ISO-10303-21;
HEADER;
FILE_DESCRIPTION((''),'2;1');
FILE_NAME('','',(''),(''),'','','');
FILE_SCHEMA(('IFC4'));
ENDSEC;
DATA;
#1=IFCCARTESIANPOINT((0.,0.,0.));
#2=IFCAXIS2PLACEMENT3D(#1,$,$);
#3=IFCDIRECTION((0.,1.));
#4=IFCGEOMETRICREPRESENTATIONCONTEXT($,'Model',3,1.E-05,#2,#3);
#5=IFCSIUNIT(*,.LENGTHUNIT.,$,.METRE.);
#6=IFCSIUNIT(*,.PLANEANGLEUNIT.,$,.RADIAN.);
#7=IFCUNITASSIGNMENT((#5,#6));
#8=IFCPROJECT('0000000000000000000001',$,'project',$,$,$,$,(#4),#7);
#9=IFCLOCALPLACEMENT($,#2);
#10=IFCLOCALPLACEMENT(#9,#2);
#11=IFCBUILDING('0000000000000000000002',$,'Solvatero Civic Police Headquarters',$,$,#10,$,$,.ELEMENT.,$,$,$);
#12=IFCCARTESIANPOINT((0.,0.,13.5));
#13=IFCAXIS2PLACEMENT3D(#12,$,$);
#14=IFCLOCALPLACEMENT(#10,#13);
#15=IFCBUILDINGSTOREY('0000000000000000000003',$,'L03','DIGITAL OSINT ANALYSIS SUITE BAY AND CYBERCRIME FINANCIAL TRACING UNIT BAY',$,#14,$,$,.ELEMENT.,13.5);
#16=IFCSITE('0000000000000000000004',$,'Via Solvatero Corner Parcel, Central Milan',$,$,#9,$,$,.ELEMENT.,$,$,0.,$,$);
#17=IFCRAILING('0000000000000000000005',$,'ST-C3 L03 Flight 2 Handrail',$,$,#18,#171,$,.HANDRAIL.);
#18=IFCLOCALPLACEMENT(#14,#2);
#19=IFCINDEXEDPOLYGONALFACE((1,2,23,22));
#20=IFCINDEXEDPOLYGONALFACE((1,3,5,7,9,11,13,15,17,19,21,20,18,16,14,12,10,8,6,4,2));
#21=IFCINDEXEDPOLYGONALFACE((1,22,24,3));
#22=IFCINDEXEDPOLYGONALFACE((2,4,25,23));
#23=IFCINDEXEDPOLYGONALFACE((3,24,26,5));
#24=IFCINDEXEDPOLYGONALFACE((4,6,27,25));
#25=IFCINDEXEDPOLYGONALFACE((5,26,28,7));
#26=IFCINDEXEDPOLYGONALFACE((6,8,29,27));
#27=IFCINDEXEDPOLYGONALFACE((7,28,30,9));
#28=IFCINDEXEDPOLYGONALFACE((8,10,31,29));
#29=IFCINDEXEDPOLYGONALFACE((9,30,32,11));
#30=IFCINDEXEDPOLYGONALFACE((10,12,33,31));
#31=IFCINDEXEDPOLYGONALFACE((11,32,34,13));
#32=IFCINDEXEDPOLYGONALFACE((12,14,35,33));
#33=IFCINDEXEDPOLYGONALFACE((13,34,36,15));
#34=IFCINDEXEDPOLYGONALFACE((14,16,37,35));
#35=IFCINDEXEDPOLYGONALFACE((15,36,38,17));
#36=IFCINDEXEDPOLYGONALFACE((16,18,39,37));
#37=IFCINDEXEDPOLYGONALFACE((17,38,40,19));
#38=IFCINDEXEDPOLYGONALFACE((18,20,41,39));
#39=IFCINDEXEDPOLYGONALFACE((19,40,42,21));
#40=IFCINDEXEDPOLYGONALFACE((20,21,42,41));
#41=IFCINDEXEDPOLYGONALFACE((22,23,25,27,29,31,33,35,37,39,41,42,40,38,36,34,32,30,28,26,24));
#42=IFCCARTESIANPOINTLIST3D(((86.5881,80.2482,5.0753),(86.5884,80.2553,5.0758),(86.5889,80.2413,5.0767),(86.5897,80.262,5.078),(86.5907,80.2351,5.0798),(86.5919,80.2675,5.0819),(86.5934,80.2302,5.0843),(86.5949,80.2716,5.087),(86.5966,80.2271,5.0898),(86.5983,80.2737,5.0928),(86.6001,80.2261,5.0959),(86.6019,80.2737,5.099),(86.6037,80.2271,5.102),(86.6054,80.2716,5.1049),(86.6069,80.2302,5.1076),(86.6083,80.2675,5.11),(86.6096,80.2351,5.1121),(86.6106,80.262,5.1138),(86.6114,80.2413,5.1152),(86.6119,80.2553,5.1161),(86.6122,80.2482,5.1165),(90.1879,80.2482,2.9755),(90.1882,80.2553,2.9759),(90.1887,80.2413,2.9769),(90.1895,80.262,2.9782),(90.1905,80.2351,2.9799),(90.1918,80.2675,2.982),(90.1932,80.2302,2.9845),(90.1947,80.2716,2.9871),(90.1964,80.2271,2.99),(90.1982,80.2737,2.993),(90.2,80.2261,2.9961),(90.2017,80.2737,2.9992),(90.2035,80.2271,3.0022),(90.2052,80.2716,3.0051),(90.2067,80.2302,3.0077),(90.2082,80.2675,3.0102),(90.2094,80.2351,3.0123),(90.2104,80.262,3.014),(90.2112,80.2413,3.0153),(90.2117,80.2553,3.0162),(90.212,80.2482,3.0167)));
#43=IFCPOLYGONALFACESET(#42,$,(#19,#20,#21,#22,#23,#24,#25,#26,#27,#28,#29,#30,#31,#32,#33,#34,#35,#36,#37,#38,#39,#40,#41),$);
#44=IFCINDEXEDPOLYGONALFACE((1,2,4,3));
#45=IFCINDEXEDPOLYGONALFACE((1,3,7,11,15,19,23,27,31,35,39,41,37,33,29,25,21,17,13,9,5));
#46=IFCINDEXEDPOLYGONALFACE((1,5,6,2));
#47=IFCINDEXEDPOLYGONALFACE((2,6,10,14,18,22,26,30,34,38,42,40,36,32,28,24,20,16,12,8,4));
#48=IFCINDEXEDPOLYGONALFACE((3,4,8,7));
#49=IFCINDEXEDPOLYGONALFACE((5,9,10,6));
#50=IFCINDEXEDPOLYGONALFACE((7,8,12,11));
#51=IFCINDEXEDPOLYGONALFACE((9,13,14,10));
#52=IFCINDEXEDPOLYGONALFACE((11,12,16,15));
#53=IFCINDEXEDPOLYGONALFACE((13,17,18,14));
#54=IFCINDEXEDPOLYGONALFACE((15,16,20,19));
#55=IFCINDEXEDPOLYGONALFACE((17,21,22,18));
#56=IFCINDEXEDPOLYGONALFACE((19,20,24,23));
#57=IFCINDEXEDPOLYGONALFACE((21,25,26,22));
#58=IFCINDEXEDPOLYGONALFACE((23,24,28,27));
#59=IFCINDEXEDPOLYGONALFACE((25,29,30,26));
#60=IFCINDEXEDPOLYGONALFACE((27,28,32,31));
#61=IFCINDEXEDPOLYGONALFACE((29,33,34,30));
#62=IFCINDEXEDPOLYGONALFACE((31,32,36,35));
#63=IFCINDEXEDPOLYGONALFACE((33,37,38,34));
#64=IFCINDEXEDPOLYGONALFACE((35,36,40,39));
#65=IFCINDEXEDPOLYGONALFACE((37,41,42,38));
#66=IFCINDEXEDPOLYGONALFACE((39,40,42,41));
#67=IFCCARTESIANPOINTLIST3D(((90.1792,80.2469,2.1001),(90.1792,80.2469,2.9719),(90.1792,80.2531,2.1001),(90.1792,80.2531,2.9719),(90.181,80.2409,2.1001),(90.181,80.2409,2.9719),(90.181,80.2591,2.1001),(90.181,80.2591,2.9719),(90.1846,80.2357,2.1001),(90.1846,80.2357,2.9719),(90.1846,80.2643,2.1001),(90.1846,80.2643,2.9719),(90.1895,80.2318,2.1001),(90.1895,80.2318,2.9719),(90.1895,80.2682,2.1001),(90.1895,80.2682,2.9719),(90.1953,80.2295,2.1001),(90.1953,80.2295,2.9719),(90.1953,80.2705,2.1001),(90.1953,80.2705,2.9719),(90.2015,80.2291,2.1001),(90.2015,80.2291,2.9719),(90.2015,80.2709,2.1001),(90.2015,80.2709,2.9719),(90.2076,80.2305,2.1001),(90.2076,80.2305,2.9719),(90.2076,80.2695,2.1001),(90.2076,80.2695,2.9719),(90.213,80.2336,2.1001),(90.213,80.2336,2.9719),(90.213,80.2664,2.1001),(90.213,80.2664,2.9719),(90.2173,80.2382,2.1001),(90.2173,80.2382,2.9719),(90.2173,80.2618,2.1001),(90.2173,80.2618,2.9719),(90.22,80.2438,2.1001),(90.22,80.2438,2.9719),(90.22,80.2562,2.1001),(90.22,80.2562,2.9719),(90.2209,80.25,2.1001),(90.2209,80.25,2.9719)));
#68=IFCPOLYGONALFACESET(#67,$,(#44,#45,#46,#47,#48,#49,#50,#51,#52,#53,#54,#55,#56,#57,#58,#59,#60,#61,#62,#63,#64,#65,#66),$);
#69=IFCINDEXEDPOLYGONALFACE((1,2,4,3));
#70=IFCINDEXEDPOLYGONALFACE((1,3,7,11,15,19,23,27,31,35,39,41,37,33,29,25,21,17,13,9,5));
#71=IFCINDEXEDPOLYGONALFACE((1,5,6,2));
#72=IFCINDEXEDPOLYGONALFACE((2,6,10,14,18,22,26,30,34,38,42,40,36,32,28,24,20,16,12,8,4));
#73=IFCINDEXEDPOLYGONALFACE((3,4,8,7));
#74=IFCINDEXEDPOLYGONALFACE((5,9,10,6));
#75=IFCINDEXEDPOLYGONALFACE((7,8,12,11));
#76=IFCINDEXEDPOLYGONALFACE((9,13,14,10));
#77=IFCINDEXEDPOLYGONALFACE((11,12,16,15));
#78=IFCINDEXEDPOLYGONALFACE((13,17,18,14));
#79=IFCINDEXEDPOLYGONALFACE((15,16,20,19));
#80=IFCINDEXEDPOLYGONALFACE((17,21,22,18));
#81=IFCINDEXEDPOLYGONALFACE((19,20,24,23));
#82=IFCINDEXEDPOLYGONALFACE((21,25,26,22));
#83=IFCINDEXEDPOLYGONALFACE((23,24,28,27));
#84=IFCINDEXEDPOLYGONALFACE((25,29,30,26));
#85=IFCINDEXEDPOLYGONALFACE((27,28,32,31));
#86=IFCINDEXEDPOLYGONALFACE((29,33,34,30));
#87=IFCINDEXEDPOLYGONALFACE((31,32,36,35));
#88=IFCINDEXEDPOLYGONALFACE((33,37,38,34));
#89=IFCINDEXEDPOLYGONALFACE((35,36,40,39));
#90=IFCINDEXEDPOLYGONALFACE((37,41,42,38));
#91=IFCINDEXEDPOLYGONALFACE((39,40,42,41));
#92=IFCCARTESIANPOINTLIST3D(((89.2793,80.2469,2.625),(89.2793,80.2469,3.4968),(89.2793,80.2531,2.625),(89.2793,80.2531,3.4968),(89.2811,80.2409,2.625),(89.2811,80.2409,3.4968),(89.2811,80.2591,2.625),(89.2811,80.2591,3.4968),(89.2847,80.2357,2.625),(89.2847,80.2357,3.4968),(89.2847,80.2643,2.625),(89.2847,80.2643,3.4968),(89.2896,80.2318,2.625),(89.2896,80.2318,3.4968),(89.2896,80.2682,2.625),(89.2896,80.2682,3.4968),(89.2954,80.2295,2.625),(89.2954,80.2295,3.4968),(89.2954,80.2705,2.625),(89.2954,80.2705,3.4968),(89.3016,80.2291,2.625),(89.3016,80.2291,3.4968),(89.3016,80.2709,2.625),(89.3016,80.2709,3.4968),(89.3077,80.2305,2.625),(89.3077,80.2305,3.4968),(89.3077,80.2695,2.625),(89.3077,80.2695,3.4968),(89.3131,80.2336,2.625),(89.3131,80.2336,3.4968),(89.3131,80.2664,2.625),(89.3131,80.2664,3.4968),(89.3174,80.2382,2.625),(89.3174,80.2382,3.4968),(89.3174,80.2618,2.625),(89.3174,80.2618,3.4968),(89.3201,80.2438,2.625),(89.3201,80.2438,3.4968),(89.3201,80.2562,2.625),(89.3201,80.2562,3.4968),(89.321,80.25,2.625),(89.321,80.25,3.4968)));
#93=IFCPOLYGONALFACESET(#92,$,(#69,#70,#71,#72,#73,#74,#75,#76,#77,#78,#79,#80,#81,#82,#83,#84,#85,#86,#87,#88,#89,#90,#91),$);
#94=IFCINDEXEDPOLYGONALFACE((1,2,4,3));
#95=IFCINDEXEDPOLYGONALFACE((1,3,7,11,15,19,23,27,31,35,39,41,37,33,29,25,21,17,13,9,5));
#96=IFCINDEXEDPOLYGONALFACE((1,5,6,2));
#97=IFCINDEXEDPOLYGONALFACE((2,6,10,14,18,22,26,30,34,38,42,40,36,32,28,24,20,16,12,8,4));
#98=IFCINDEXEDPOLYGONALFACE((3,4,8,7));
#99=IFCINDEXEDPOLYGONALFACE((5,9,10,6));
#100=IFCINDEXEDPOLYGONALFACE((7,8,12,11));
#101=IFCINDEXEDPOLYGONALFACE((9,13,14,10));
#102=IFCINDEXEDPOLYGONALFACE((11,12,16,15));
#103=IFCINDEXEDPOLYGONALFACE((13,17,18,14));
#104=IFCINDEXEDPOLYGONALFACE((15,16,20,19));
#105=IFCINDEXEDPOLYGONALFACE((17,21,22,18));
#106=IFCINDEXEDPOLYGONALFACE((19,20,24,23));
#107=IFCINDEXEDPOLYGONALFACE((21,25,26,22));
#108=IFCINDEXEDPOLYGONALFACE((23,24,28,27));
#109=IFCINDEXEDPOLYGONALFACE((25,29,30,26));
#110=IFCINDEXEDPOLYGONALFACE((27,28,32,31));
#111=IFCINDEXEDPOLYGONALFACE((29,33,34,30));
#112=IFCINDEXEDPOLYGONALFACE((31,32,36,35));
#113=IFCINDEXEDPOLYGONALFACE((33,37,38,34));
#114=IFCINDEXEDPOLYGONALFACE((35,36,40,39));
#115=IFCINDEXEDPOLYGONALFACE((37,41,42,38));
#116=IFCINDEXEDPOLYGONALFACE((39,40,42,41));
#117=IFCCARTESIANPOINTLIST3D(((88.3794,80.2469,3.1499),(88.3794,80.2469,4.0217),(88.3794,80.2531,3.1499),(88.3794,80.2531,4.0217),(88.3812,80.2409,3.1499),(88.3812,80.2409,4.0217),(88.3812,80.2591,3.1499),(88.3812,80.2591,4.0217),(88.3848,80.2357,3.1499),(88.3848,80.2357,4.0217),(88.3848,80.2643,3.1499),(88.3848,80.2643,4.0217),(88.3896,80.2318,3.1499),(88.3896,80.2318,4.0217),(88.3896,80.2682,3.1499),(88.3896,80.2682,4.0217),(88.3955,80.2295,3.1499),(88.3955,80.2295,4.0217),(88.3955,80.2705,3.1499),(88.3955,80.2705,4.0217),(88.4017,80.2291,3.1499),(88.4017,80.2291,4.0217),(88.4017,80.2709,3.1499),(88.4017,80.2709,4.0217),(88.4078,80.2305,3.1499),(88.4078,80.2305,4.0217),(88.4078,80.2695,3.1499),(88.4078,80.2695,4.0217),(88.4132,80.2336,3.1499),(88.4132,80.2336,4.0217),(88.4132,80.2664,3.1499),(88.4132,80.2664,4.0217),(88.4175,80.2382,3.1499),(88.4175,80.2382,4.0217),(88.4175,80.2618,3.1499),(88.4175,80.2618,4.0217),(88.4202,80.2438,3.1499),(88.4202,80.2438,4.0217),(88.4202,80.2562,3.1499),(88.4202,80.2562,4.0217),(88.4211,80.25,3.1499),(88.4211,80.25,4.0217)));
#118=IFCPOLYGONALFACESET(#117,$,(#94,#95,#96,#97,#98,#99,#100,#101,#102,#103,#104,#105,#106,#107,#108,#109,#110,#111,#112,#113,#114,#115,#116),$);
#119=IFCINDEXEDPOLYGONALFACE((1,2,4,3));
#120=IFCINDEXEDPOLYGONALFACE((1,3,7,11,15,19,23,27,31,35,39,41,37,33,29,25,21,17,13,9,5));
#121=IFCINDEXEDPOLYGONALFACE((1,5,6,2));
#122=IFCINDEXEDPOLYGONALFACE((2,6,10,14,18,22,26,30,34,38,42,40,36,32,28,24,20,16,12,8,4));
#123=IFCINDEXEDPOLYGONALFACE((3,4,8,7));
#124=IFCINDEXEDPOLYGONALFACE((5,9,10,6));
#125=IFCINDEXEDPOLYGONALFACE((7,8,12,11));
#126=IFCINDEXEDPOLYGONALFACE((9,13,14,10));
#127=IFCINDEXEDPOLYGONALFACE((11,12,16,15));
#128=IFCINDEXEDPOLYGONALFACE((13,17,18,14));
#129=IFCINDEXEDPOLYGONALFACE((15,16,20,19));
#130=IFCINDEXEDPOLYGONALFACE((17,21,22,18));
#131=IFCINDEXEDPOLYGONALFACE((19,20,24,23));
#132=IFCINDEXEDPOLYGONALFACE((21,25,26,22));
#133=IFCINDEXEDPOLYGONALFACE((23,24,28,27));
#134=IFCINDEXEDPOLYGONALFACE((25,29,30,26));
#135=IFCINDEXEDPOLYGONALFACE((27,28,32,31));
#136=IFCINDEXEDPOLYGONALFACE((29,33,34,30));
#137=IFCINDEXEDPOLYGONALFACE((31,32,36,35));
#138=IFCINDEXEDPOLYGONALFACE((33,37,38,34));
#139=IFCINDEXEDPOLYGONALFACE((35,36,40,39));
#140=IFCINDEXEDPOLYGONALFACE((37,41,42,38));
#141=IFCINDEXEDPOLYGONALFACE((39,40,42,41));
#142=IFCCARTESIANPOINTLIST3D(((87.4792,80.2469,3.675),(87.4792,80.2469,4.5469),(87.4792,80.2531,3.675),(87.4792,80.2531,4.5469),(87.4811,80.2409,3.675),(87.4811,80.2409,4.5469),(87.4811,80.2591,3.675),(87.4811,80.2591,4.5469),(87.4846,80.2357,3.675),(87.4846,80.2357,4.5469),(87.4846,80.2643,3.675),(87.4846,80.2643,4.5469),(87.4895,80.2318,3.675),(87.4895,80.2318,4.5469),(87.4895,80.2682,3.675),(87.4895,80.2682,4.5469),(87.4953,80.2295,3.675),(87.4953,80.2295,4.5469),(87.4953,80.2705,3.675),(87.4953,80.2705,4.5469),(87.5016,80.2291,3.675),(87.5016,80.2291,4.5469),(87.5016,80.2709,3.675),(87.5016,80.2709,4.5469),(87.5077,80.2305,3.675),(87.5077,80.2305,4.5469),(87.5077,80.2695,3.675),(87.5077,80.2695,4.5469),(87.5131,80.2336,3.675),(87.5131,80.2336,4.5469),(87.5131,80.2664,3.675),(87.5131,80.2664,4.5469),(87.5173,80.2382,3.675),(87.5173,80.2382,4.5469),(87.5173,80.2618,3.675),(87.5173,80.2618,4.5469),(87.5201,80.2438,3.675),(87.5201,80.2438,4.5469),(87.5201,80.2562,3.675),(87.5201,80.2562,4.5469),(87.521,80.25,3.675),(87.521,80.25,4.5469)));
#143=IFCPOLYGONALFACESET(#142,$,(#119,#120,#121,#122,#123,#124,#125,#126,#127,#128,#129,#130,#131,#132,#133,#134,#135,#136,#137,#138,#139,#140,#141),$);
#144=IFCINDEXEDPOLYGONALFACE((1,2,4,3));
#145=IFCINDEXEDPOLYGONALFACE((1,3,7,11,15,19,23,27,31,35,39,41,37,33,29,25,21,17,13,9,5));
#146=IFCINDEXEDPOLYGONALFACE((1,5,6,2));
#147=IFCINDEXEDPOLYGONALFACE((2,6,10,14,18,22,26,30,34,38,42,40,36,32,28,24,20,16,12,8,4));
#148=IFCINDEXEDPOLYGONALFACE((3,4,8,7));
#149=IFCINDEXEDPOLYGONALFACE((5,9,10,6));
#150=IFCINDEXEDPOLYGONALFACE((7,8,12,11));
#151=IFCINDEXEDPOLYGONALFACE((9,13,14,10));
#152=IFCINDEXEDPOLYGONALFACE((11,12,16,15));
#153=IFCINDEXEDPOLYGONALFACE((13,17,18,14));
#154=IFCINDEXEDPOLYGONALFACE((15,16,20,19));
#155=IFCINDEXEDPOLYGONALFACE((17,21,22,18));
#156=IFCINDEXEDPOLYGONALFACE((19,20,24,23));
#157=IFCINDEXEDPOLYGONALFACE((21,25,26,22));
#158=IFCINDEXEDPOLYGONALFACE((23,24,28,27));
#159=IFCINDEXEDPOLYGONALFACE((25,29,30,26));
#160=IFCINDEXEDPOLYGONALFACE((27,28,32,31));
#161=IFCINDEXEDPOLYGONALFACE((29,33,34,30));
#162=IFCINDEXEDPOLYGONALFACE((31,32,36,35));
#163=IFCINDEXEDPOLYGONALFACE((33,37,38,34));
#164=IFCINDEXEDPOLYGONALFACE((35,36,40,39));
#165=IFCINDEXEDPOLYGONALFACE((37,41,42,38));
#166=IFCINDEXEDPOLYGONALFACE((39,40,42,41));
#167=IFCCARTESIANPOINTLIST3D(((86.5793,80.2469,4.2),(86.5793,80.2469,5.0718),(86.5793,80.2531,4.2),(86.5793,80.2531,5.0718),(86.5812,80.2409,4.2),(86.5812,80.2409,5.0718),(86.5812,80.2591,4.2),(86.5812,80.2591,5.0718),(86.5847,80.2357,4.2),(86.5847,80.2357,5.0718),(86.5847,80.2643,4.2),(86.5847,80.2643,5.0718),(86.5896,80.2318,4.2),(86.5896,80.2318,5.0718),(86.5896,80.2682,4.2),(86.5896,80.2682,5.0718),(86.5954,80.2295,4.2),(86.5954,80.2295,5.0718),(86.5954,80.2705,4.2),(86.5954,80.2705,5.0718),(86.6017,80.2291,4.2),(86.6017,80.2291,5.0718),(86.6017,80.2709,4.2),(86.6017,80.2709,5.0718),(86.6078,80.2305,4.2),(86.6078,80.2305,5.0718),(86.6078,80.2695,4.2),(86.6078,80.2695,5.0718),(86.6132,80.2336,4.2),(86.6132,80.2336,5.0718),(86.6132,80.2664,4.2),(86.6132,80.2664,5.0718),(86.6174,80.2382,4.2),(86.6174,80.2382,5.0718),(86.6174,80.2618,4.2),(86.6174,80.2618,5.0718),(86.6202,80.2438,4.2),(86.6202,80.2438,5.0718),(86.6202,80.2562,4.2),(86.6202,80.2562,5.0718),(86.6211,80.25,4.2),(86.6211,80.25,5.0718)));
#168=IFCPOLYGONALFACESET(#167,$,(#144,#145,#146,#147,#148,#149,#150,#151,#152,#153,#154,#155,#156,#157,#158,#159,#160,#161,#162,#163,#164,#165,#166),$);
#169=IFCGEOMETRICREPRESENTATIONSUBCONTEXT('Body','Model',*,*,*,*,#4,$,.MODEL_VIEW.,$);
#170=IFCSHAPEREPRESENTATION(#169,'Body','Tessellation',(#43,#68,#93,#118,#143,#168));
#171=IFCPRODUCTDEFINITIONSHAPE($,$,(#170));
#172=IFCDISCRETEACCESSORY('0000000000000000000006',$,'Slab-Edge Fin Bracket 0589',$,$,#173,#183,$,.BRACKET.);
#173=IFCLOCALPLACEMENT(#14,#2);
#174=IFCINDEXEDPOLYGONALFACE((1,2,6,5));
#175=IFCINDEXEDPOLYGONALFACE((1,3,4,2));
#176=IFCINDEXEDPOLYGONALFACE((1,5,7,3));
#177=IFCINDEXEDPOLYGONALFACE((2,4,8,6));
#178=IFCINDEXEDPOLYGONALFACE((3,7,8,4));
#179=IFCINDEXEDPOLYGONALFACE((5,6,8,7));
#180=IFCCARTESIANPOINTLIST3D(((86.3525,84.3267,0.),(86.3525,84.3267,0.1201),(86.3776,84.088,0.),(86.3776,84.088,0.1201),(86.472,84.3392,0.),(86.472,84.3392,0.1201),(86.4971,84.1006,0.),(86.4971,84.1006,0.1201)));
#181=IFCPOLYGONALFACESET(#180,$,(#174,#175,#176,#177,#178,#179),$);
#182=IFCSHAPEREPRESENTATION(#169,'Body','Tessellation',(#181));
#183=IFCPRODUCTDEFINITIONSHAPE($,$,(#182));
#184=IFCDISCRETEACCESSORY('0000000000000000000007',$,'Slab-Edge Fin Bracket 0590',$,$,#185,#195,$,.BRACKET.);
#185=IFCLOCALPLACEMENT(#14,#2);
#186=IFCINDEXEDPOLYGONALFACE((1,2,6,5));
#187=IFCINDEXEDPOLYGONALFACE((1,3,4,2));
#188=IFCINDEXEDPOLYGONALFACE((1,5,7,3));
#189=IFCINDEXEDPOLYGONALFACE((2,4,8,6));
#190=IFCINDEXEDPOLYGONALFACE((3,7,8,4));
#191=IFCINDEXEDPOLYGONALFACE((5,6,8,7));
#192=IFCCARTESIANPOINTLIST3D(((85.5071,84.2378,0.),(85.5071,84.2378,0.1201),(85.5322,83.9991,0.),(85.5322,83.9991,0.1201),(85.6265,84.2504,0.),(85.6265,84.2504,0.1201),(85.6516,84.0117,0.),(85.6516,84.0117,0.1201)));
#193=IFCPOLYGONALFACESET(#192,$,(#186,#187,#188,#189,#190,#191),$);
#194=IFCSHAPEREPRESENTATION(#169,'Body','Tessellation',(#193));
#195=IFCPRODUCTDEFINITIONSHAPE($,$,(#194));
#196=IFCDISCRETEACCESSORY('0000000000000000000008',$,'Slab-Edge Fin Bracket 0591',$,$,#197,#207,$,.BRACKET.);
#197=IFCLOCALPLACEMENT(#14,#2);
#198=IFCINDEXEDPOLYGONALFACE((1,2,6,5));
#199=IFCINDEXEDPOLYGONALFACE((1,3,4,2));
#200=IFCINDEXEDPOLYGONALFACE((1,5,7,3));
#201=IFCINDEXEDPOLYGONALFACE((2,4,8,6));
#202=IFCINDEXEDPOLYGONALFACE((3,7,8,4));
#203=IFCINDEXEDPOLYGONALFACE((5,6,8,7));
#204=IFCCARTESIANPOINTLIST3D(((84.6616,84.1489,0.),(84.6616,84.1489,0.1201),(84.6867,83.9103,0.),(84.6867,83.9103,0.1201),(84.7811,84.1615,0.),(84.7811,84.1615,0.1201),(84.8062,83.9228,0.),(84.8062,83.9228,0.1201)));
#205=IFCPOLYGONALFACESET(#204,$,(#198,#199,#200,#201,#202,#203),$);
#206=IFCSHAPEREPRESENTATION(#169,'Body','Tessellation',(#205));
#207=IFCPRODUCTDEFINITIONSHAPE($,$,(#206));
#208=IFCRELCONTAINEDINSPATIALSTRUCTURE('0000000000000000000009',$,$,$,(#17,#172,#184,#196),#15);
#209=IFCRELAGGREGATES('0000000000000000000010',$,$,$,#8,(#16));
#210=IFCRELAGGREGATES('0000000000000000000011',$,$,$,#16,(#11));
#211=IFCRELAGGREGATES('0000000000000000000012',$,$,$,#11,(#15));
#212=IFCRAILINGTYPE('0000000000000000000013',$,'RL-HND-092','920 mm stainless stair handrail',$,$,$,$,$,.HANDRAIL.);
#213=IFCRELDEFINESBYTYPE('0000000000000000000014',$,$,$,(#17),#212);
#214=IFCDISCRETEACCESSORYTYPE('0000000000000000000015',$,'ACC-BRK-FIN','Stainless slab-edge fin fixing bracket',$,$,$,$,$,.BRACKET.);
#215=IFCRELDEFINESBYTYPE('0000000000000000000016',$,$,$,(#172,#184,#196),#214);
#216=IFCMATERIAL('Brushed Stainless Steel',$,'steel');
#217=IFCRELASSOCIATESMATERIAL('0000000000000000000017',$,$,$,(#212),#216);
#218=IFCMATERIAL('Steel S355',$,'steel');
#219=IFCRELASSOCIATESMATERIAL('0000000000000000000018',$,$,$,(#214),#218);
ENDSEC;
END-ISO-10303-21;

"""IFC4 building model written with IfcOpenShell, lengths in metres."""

from ifc_helpers import new_model, si_unit, direction, frame, origin, origin_2d, place, context, subcontext, project, spatial, rectangle, circle, extrude, material, type_object, element, save


model = new_model("IFC4")

# Units and contexts
model_context = context("Model", 3, precision=1e-05, world=origin(), true_north=direction((0.0, 1.0)))
body_context = subcontext(model_context, "Body", "Model", "MODEL_VIEW")
ifc_project = project(units=[si_unit("LENGTHUNIT", "METRE"), si_unit("PLANEANGLEUNIT", "RADIAN")], contexts=[model_context])

# Site, building, storey
site_placement = place(None, origin())
site = spatial("IfcSite", under=ifc_project, at=site_placement, Name="Via Solvatero Corner Parcel, Central Milan", CompositionType="ELEMENT", RefElevation=0.0)
building_placement = place(site_placement, origin())
building = spatial("IfcBuilding", under=site, at=building_placement, Name="Solvatero Civic Police Headquarters", CompositionType="ELEMENT")
storey_placement = place(building_placement, frame((0.0, 0.0, 13.5)))
storey = spatial("IfcBuildingStorey", under=building, at=storey_placement, Name="L03", Description="DIGITAL OSINT ANALYSIS SUITE BAY AND CYBERCRIME FINANCIAL TRACING UNIT BAY", CompositionType="ELEMENT", Elevation=13.5)

# Shared definitions
ifc_material_1 = material(Name="Steel S355", Category="steel")

# Railing
ifc_material_2 = material(Name="Brushed Stainless Steel", Category="steel")
railing_type_1 = type_object("IfcRailingType", Name="RL-HND-092", Description="920 mm stainless stair handrail", PredefinedType="HANDRAIL", material=ifc_material_2)
railing_1_placement = place(storey_placement, frame((90.2, 80.25, 2.1001)))
element("IfcRailing", 1, at=railing_1_placement, inside=storey, type_object=railing_type_1, Name="ST-C3 L03 Flight 2 Handrail", PredefinedType="HANDRAIL", context=body_context, shape_type="SweptSolid", body=[
    extrude(circle(Radius=0.0239, at=origin_2d()), frame((0.0, 0.0, 0.896), z_axis=(-0.863785, 0.0, 0.50386), x_axis=(0.0, -1.0, 0.0)), (0.0, 0.0, 1.0), 4.1675),
    extrude(circle(Radius=0.021, at=origin_2d()), origin(), (0.0, 0.0, 1.0), 0.8718),
    extrude(circle(Radius=0.021, at=origin_2d()), frame((-0.8999, 0.0, 0.5249)), (0.0, 0.0, 1.0), 0.8718),
    extrude(circle(Radius=0.021, at=origin_2d()), frame((-1.7998, 0.0, 1.0498)), (0.0, 0.0, 1.0), 0.8718),
    extrude(circle(Radius=0.021, at=origin_2d()), frame((-2.7, 0.0, 1.575)), (0.0, 0.0, 1.0), 0.8718),
    extrude(circle(Radius=0.021, at=origin_2d()), frame((-3.5999, 0.0, 2.0999)), (0.0, 0.0, 1.0), 0.8718),
])

# Discrete accessories
discrete_accessory_type = type_object("IfcDiscreteAccessoryType", Name="ACC-BRK-FIN", Description="Stainless slab-edge fin fixing bracket", PredefinedType="BRACKET", material=ifc_material_1)
for number, where, z_axis, x_axis, name in (
    (2, (86.4248, 84.2136, 0.0), (0.0, 0.0, 1.0), (-0.994524, -0.104511, 0.0), "Slab-Edge Fin Bracket 0589"),
    (3, (85.5793, 84.1248, 0.0), (0.0, 0.0, 1.0), (-0.994524, -0.104511, 0.0), "Slab-Edge Fin Bracket 0590"),
    (4, (84.7339, 84.0359, 0.0), (0.0, 0.0, 1.0), (-0.994524, -0.104511, 0.0), "Slab-Edge Fin Bracket 0591"),
):
    element("IfcDiscreteAccessory", number, at=place(storey_placement, frame(where, z_axis=z_axis, x_axis=x_axis)), inside=storey, type_object=discrete_accessory_type, Name=name, PredefinedType="BRACKET", context=body_context, shape_type="SweptSolid", body=[
        extrude(rectangle(XDim=0.1201, YDim=0.24, at=origin_2d()), origin(), (0.0, 0.0, 1.0), 0.1201),
    ])

save(model, "model.ifc")
